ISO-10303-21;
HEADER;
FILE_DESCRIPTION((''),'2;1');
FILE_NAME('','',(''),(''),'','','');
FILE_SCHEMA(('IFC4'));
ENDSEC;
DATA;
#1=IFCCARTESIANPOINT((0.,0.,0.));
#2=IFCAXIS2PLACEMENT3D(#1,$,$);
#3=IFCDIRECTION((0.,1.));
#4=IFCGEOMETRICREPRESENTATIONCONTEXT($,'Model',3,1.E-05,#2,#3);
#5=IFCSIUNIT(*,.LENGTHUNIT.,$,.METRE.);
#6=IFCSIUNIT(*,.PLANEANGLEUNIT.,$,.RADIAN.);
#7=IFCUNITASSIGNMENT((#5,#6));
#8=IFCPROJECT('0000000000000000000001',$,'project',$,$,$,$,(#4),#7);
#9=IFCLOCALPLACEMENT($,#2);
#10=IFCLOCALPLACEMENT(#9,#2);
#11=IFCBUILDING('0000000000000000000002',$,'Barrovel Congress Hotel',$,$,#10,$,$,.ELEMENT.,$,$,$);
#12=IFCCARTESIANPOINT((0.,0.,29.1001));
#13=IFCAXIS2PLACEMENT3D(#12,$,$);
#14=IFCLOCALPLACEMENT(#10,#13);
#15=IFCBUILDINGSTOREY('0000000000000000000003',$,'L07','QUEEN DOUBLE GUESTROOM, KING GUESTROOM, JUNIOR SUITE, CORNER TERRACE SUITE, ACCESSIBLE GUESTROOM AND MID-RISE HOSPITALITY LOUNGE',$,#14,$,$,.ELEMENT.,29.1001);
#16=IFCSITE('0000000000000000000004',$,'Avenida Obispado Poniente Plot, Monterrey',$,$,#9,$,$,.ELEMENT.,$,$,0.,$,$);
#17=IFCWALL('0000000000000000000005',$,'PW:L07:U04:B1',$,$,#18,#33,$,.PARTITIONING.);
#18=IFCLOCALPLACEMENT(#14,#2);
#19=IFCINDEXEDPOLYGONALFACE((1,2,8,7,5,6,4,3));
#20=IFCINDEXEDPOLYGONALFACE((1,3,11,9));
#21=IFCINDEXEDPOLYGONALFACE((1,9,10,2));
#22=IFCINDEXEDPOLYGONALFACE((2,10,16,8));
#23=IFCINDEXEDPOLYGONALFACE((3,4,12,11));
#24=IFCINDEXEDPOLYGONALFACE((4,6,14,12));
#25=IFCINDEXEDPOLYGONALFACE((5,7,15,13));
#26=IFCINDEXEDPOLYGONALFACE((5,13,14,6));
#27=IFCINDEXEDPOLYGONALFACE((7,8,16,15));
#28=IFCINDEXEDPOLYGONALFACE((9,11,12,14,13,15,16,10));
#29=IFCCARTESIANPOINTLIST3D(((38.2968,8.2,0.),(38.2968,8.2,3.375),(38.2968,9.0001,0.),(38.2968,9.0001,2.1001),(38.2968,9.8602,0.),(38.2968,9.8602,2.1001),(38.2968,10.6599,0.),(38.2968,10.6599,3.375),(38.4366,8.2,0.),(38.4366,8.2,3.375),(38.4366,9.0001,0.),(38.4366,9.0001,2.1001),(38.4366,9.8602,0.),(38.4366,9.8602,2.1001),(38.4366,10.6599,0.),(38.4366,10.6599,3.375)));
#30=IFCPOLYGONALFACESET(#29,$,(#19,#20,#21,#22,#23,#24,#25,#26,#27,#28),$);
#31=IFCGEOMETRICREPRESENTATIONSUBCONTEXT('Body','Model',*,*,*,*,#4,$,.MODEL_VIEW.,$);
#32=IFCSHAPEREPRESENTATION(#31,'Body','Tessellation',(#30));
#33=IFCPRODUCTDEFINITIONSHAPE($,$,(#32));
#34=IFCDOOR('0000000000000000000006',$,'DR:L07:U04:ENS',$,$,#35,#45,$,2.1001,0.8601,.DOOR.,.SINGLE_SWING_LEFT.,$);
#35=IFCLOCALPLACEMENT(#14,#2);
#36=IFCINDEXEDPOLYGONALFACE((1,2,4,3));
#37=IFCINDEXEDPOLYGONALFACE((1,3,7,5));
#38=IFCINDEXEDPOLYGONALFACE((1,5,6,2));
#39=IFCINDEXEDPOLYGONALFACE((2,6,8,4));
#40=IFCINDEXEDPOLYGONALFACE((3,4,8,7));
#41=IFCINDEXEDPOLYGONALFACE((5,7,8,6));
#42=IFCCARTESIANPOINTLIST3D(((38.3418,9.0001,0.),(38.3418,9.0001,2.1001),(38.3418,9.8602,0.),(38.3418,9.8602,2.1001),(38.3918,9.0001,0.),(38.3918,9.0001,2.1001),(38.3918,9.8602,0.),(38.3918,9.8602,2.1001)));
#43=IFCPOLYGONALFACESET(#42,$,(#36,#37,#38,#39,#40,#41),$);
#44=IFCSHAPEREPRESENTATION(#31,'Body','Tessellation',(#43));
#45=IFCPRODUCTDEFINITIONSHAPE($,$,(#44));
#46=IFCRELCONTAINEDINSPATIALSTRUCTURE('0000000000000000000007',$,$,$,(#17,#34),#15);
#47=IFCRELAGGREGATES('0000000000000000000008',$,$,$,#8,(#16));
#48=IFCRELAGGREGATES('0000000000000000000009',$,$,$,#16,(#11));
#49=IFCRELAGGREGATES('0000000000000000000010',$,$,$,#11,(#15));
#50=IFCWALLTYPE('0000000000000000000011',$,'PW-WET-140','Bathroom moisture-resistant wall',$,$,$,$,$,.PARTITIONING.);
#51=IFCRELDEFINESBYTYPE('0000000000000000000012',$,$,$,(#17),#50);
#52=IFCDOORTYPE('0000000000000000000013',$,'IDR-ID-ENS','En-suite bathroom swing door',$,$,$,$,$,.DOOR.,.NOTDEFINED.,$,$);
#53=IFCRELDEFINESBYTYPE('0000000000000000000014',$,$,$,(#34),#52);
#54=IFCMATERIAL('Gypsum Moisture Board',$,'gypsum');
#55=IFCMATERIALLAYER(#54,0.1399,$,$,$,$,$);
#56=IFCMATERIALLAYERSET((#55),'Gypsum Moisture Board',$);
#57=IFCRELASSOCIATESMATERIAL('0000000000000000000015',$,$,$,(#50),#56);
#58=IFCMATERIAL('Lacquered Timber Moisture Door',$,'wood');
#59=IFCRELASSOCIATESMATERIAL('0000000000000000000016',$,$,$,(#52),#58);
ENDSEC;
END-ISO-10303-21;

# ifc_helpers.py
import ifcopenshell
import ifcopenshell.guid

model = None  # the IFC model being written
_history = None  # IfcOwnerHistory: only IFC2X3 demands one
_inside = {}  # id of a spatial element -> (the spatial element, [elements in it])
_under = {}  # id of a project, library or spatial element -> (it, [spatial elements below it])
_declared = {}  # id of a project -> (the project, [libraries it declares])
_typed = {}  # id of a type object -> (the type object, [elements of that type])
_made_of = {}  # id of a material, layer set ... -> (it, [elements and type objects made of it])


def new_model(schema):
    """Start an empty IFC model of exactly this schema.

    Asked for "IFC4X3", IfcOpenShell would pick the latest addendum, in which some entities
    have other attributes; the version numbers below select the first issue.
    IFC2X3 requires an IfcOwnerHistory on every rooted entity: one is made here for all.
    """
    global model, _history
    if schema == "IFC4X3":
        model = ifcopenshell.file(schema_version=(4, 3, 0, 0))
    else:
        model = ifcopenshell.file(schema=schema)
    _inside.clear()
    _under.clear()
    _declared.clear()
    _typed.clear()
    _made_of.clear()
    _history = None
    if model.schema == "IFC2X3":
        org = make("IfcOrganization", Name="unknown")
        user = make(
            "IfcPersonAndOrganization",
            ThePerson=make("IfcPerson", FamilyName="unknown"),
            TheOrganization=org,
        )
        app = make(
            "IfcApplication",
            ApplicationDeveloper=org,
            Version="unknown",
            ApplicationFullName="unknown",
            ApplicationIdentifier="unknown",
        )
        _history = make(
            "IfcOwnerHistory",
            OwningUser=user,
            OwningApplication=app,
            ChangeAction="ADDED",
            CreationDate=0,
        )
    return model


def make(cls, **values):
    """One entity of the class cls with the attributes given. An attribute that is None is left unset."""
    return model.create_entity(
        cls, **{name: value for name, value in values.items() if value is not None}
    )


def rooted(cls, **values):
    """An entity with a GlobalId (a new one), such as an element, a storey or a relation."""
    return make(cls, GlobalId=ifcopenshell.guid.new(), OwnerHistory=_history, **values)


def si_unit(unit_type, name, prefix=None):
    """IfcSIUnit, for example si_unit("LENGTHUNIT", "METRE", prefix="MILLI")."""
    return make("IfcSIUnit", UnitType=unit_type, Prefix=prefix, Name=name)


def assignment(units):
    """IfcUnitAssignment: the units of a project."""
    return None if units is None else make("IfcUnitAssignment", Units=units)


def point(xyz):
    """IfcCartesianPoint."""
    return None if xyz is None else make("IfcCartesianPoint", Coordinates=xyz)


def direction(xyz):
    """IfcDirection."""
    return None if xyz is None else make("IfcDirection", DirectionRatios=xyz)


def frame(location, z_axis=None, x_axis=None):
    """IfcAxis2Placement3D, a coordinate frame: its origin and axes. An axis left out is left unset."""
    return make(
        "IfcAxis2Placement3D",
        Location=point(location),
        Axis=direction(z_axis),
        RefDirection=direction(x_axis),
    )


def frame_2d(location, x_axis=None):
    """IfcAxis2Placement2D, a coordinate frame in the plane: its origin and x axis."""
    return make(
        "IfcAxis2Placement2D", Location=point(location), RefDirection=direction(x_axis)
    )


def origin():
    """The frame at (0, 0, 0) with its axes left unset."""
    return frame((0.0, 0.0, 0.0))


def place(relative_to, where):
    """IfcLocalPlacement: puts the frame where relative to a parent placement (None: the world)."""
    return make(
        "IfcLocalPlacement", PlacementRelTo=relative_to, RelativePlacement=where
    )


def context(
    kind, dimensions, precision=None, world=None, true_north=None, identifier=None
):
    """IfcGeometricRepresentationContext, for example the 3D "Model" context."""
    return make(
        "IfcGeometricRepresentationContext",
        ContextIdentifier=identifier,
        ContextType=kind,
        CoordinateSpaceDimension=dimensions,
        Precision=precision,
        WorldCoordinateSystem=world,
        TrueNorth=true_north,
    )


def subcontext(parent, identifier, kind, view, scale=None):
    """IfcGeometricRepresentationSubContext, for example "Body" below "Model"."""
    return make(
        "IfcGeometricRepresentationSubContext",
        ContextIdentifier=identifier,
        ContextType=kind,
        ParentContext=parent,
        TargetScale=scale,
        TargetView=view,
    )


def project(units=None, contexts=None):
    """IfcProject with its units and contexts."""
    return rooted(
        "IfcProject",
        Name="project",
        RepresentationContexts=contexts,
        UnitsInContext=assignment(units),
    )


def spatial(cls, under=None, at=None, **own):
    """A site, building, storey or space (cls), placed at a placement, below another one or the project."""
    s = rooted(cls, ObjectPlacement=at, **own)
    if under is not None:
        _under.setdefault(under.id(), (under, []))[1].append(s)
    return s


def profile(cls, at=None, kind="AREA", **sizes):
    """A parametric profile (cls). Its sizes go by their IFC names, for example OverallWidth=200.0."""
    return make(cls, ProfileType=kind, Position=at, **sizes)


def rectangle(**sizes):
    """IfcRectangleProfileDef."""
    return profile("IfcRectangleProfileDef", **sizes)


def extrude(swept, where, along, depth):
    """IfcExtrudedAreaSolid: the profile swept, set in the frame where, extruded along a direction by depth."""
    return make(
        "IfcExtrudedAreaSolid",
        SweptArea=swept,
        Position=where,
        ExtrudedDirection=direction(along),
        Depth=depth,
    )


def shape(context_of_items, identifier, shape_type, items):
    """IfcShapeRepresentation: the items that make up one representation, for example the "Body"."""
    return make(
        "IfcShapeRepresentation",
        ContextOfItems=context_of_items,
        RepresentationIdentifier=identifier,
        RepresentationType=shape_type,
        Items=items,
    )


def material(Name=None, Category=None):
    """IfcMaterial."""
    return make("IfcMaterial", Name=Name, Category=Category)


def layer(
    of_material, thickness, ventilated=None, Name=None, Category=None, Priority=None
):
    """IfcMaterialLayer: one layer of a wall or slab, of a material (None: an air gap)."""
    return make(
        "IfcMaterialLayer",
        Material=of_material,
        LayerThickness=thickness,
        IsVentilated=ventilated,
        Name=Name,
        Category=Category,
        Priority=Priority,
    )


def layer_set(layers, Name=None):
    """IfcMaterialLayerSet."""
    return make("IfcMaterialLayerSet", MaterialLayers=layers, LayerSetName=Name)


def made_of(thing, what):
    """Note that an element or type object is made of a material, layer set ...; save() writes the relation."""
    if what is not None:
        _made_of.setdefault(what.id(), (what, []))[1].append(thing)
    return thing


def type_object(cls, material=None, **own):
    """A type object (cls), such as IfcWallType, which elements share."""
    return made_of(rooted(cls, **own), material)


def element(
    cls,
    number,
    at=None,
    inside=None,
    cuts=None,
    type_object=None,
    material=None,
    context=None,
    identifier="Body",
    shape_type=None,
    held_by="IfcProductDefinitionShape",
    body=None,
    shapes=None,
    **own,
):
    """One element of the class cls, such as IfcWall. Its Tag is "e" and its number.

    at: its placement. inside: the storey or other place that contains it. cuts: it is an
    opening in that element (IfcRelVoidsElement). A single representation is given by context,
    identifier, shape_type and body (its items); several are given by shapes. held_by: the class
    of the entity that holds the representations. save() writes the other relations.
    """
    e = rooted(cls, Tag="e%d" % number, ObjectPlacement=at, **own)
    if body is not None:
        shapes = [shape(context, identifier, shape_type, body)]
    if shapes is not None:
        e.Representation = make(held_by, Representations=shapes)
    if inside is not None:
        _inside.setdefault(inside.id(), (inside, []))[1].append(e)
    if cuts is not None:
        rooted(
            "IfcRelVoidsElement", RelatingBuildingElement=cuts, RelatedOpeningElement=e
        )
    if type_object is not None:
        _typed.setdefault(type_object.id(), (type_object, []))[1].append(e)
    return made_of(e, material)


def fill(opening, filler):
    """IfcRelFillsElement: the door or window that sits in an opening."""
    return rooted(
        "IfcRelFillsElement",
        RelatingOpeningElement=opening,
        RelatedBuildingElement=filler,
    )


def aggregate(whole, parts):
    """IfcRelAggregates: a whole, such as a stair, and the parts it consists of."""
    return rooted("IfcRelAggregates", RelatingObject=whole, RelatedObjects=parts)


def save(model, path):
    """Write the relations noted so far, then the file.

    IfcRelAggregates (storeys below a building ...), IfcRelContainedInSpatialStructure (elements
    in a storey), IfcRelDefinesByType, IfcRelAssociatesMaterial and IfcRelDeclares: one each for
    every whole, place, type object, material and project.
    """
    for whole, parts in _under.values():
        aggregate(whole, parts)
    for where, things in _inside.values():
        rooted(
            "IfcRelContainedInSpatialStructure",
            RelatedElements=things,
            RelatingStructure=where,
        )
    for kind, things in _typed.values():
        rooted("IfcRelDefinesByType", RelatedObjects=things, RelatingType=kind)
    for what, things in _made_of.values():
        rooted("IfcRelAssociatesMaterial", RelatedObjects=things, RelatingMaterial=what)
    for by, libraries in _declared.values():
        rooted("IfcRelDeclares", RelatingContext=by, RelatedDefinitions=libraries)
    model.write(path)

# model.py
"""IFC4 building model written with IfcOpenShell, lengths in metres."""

from ifc_helpers import new_model, si_unit, direction, frame, frame_2d, origin, place, context, subcontext, project, spatial, rectangle, extrude, material, layer, layer_set, type_object, element, fill, save


model = new_model("IFC4")

# Units and contexts
model_context = context("Model", 3, precision=1e-05, world=origin(), true_north=direction((0.0, 1.0)))
body_context = subcontext(model_context, "Body", "Model", "MODEL_VIEW")
ifc_project = project(units=[si_unit("LENGTHUNIT", "METRE"), si_unit("PLANEANGLEUNIT", "RADIAN")], contexts=[model_context])

# Site, building, storey
site_placement = place(None, origin())
site = spatial("IfcSite", under=ifc_project, at=site_placement, Name="Avenida Obispado Poniente Plot, Monterrey", CompositionType="ELEMENT", RefElevation=0.0)
building_placement = place(site_placement, origin())
building = spatial("IfcBuilding", under=site, at=building_placement, Name="Barrovel Congress Hotel", CompositionType="ELEMENT")
storey_placement = place(building_placement, frame((0.0, 0.0, 29.1001)))
storey = spatial("IfcBuildingStorey", under=building, at=storey_placement, Name="L07", Description="QUEEN DOUBLE GUESTROOM, KING GUESTROOM, JUNIOR SUITE, CORNER TERRACE SUITE, ACCESSIBLE GUESTROOM AND MID-RISE HOSPITALITY LOUNGE", CompositionType="ELEMENT", Elevation=29.1001)

# Wall, opening, door
ifc_material_1 = material(Name="Gypsum Moisture Board", Category="gypsum")
ifc_layer_1 = layer(ifc_material_1, 0.1399)
ifc_layer_set_1 = layer_set([ifc_layer_1], Name="Gypsum Moisture Board")
wall_type_1 = type_object("IfcWallType", Name="PW-WET-140", Description="Bathroom moisture-resistant wall", PredefinedType="PARTITIONING", material=ifc_layer_set_1)
wall_1_placement = place(storey_placement, frame((38.3667, 8.2, 0.0), z_axis=(0.0, 0.0, 1.0), x_axis=(0.0, 1.0, 0.0)))
wall_1 = element("IfcWall", 1, at=wall_1_placement, inside=storey, type_object=wall_type_1, Name="PW:L07:U04:B1", PredefinedType="PARTITIONING", context=body_context, shape_type="SweptSolid", body=[
    extrude(rectangle(XDim=2.46, YDim=0.1399, at=frame_2d((1.23, 0.0))), origin(), (0.0, 0.0, 1.0), 3.375),
])
opening_1_placement = place(wall_1_placement, frame((0.8, 0.0, 0.0)))
opening_1 = element("IfcOpeningElement", 2, at=opening_1_placement, cuts=wall_1, PredefinedType="OPENING", context=body_context, shape_type="SweptSolid", body=[
    extrude(rectangle(XDim=0.8601, YDim=2.1001, at=frame_2d((0.4302, 1.05))), frame((0.0, 0.0801, 0.0), z_axis=(0.0, -1.0, 0.0), x_axis=(1.0, 0.0, 0.0)), (0.0, 0.0, 1.0), 0.1599),
])
ifc_material_2 = material(Name="Lacquered Timber Moisture Door", Category="wood")
door_type_1 = type_object("IfcDoorType", Name="IDR-ID-ENS", Description="En-suite bathroom swing door", OperationType="NOTDEFINED", PredefinedType="DOOR", material=ifc_material_2)
door_1_placement = place(opening_1_placement, origin())
door_1 = element("IfcDoor", 3, at=door_1_placement, inside=storey, type_object=door_type_1, Name="DR:L07:U04:ENS", OperationType="SINGLE_SWING_LEFT", OverallHeight=2.1001, OverallWidth=0.8601, PredefinedType="DOOR", context=body_context, shape_type="SweptSolid", body=[
    extrude(rectangle(XDim=0.8601, YDim=2.1001, at=frame_2d((0.4302, 1.05))), frame((0.0, 0.0249, 0.0), z_axis=(0.0, -1.0, 0.0), x_axis=(1.0, 0.0, 0.0)), (0.0, 0.0, 1.0), 0.05),
])
fill(opening_1, door_1)

save(model, "model.ifc")
